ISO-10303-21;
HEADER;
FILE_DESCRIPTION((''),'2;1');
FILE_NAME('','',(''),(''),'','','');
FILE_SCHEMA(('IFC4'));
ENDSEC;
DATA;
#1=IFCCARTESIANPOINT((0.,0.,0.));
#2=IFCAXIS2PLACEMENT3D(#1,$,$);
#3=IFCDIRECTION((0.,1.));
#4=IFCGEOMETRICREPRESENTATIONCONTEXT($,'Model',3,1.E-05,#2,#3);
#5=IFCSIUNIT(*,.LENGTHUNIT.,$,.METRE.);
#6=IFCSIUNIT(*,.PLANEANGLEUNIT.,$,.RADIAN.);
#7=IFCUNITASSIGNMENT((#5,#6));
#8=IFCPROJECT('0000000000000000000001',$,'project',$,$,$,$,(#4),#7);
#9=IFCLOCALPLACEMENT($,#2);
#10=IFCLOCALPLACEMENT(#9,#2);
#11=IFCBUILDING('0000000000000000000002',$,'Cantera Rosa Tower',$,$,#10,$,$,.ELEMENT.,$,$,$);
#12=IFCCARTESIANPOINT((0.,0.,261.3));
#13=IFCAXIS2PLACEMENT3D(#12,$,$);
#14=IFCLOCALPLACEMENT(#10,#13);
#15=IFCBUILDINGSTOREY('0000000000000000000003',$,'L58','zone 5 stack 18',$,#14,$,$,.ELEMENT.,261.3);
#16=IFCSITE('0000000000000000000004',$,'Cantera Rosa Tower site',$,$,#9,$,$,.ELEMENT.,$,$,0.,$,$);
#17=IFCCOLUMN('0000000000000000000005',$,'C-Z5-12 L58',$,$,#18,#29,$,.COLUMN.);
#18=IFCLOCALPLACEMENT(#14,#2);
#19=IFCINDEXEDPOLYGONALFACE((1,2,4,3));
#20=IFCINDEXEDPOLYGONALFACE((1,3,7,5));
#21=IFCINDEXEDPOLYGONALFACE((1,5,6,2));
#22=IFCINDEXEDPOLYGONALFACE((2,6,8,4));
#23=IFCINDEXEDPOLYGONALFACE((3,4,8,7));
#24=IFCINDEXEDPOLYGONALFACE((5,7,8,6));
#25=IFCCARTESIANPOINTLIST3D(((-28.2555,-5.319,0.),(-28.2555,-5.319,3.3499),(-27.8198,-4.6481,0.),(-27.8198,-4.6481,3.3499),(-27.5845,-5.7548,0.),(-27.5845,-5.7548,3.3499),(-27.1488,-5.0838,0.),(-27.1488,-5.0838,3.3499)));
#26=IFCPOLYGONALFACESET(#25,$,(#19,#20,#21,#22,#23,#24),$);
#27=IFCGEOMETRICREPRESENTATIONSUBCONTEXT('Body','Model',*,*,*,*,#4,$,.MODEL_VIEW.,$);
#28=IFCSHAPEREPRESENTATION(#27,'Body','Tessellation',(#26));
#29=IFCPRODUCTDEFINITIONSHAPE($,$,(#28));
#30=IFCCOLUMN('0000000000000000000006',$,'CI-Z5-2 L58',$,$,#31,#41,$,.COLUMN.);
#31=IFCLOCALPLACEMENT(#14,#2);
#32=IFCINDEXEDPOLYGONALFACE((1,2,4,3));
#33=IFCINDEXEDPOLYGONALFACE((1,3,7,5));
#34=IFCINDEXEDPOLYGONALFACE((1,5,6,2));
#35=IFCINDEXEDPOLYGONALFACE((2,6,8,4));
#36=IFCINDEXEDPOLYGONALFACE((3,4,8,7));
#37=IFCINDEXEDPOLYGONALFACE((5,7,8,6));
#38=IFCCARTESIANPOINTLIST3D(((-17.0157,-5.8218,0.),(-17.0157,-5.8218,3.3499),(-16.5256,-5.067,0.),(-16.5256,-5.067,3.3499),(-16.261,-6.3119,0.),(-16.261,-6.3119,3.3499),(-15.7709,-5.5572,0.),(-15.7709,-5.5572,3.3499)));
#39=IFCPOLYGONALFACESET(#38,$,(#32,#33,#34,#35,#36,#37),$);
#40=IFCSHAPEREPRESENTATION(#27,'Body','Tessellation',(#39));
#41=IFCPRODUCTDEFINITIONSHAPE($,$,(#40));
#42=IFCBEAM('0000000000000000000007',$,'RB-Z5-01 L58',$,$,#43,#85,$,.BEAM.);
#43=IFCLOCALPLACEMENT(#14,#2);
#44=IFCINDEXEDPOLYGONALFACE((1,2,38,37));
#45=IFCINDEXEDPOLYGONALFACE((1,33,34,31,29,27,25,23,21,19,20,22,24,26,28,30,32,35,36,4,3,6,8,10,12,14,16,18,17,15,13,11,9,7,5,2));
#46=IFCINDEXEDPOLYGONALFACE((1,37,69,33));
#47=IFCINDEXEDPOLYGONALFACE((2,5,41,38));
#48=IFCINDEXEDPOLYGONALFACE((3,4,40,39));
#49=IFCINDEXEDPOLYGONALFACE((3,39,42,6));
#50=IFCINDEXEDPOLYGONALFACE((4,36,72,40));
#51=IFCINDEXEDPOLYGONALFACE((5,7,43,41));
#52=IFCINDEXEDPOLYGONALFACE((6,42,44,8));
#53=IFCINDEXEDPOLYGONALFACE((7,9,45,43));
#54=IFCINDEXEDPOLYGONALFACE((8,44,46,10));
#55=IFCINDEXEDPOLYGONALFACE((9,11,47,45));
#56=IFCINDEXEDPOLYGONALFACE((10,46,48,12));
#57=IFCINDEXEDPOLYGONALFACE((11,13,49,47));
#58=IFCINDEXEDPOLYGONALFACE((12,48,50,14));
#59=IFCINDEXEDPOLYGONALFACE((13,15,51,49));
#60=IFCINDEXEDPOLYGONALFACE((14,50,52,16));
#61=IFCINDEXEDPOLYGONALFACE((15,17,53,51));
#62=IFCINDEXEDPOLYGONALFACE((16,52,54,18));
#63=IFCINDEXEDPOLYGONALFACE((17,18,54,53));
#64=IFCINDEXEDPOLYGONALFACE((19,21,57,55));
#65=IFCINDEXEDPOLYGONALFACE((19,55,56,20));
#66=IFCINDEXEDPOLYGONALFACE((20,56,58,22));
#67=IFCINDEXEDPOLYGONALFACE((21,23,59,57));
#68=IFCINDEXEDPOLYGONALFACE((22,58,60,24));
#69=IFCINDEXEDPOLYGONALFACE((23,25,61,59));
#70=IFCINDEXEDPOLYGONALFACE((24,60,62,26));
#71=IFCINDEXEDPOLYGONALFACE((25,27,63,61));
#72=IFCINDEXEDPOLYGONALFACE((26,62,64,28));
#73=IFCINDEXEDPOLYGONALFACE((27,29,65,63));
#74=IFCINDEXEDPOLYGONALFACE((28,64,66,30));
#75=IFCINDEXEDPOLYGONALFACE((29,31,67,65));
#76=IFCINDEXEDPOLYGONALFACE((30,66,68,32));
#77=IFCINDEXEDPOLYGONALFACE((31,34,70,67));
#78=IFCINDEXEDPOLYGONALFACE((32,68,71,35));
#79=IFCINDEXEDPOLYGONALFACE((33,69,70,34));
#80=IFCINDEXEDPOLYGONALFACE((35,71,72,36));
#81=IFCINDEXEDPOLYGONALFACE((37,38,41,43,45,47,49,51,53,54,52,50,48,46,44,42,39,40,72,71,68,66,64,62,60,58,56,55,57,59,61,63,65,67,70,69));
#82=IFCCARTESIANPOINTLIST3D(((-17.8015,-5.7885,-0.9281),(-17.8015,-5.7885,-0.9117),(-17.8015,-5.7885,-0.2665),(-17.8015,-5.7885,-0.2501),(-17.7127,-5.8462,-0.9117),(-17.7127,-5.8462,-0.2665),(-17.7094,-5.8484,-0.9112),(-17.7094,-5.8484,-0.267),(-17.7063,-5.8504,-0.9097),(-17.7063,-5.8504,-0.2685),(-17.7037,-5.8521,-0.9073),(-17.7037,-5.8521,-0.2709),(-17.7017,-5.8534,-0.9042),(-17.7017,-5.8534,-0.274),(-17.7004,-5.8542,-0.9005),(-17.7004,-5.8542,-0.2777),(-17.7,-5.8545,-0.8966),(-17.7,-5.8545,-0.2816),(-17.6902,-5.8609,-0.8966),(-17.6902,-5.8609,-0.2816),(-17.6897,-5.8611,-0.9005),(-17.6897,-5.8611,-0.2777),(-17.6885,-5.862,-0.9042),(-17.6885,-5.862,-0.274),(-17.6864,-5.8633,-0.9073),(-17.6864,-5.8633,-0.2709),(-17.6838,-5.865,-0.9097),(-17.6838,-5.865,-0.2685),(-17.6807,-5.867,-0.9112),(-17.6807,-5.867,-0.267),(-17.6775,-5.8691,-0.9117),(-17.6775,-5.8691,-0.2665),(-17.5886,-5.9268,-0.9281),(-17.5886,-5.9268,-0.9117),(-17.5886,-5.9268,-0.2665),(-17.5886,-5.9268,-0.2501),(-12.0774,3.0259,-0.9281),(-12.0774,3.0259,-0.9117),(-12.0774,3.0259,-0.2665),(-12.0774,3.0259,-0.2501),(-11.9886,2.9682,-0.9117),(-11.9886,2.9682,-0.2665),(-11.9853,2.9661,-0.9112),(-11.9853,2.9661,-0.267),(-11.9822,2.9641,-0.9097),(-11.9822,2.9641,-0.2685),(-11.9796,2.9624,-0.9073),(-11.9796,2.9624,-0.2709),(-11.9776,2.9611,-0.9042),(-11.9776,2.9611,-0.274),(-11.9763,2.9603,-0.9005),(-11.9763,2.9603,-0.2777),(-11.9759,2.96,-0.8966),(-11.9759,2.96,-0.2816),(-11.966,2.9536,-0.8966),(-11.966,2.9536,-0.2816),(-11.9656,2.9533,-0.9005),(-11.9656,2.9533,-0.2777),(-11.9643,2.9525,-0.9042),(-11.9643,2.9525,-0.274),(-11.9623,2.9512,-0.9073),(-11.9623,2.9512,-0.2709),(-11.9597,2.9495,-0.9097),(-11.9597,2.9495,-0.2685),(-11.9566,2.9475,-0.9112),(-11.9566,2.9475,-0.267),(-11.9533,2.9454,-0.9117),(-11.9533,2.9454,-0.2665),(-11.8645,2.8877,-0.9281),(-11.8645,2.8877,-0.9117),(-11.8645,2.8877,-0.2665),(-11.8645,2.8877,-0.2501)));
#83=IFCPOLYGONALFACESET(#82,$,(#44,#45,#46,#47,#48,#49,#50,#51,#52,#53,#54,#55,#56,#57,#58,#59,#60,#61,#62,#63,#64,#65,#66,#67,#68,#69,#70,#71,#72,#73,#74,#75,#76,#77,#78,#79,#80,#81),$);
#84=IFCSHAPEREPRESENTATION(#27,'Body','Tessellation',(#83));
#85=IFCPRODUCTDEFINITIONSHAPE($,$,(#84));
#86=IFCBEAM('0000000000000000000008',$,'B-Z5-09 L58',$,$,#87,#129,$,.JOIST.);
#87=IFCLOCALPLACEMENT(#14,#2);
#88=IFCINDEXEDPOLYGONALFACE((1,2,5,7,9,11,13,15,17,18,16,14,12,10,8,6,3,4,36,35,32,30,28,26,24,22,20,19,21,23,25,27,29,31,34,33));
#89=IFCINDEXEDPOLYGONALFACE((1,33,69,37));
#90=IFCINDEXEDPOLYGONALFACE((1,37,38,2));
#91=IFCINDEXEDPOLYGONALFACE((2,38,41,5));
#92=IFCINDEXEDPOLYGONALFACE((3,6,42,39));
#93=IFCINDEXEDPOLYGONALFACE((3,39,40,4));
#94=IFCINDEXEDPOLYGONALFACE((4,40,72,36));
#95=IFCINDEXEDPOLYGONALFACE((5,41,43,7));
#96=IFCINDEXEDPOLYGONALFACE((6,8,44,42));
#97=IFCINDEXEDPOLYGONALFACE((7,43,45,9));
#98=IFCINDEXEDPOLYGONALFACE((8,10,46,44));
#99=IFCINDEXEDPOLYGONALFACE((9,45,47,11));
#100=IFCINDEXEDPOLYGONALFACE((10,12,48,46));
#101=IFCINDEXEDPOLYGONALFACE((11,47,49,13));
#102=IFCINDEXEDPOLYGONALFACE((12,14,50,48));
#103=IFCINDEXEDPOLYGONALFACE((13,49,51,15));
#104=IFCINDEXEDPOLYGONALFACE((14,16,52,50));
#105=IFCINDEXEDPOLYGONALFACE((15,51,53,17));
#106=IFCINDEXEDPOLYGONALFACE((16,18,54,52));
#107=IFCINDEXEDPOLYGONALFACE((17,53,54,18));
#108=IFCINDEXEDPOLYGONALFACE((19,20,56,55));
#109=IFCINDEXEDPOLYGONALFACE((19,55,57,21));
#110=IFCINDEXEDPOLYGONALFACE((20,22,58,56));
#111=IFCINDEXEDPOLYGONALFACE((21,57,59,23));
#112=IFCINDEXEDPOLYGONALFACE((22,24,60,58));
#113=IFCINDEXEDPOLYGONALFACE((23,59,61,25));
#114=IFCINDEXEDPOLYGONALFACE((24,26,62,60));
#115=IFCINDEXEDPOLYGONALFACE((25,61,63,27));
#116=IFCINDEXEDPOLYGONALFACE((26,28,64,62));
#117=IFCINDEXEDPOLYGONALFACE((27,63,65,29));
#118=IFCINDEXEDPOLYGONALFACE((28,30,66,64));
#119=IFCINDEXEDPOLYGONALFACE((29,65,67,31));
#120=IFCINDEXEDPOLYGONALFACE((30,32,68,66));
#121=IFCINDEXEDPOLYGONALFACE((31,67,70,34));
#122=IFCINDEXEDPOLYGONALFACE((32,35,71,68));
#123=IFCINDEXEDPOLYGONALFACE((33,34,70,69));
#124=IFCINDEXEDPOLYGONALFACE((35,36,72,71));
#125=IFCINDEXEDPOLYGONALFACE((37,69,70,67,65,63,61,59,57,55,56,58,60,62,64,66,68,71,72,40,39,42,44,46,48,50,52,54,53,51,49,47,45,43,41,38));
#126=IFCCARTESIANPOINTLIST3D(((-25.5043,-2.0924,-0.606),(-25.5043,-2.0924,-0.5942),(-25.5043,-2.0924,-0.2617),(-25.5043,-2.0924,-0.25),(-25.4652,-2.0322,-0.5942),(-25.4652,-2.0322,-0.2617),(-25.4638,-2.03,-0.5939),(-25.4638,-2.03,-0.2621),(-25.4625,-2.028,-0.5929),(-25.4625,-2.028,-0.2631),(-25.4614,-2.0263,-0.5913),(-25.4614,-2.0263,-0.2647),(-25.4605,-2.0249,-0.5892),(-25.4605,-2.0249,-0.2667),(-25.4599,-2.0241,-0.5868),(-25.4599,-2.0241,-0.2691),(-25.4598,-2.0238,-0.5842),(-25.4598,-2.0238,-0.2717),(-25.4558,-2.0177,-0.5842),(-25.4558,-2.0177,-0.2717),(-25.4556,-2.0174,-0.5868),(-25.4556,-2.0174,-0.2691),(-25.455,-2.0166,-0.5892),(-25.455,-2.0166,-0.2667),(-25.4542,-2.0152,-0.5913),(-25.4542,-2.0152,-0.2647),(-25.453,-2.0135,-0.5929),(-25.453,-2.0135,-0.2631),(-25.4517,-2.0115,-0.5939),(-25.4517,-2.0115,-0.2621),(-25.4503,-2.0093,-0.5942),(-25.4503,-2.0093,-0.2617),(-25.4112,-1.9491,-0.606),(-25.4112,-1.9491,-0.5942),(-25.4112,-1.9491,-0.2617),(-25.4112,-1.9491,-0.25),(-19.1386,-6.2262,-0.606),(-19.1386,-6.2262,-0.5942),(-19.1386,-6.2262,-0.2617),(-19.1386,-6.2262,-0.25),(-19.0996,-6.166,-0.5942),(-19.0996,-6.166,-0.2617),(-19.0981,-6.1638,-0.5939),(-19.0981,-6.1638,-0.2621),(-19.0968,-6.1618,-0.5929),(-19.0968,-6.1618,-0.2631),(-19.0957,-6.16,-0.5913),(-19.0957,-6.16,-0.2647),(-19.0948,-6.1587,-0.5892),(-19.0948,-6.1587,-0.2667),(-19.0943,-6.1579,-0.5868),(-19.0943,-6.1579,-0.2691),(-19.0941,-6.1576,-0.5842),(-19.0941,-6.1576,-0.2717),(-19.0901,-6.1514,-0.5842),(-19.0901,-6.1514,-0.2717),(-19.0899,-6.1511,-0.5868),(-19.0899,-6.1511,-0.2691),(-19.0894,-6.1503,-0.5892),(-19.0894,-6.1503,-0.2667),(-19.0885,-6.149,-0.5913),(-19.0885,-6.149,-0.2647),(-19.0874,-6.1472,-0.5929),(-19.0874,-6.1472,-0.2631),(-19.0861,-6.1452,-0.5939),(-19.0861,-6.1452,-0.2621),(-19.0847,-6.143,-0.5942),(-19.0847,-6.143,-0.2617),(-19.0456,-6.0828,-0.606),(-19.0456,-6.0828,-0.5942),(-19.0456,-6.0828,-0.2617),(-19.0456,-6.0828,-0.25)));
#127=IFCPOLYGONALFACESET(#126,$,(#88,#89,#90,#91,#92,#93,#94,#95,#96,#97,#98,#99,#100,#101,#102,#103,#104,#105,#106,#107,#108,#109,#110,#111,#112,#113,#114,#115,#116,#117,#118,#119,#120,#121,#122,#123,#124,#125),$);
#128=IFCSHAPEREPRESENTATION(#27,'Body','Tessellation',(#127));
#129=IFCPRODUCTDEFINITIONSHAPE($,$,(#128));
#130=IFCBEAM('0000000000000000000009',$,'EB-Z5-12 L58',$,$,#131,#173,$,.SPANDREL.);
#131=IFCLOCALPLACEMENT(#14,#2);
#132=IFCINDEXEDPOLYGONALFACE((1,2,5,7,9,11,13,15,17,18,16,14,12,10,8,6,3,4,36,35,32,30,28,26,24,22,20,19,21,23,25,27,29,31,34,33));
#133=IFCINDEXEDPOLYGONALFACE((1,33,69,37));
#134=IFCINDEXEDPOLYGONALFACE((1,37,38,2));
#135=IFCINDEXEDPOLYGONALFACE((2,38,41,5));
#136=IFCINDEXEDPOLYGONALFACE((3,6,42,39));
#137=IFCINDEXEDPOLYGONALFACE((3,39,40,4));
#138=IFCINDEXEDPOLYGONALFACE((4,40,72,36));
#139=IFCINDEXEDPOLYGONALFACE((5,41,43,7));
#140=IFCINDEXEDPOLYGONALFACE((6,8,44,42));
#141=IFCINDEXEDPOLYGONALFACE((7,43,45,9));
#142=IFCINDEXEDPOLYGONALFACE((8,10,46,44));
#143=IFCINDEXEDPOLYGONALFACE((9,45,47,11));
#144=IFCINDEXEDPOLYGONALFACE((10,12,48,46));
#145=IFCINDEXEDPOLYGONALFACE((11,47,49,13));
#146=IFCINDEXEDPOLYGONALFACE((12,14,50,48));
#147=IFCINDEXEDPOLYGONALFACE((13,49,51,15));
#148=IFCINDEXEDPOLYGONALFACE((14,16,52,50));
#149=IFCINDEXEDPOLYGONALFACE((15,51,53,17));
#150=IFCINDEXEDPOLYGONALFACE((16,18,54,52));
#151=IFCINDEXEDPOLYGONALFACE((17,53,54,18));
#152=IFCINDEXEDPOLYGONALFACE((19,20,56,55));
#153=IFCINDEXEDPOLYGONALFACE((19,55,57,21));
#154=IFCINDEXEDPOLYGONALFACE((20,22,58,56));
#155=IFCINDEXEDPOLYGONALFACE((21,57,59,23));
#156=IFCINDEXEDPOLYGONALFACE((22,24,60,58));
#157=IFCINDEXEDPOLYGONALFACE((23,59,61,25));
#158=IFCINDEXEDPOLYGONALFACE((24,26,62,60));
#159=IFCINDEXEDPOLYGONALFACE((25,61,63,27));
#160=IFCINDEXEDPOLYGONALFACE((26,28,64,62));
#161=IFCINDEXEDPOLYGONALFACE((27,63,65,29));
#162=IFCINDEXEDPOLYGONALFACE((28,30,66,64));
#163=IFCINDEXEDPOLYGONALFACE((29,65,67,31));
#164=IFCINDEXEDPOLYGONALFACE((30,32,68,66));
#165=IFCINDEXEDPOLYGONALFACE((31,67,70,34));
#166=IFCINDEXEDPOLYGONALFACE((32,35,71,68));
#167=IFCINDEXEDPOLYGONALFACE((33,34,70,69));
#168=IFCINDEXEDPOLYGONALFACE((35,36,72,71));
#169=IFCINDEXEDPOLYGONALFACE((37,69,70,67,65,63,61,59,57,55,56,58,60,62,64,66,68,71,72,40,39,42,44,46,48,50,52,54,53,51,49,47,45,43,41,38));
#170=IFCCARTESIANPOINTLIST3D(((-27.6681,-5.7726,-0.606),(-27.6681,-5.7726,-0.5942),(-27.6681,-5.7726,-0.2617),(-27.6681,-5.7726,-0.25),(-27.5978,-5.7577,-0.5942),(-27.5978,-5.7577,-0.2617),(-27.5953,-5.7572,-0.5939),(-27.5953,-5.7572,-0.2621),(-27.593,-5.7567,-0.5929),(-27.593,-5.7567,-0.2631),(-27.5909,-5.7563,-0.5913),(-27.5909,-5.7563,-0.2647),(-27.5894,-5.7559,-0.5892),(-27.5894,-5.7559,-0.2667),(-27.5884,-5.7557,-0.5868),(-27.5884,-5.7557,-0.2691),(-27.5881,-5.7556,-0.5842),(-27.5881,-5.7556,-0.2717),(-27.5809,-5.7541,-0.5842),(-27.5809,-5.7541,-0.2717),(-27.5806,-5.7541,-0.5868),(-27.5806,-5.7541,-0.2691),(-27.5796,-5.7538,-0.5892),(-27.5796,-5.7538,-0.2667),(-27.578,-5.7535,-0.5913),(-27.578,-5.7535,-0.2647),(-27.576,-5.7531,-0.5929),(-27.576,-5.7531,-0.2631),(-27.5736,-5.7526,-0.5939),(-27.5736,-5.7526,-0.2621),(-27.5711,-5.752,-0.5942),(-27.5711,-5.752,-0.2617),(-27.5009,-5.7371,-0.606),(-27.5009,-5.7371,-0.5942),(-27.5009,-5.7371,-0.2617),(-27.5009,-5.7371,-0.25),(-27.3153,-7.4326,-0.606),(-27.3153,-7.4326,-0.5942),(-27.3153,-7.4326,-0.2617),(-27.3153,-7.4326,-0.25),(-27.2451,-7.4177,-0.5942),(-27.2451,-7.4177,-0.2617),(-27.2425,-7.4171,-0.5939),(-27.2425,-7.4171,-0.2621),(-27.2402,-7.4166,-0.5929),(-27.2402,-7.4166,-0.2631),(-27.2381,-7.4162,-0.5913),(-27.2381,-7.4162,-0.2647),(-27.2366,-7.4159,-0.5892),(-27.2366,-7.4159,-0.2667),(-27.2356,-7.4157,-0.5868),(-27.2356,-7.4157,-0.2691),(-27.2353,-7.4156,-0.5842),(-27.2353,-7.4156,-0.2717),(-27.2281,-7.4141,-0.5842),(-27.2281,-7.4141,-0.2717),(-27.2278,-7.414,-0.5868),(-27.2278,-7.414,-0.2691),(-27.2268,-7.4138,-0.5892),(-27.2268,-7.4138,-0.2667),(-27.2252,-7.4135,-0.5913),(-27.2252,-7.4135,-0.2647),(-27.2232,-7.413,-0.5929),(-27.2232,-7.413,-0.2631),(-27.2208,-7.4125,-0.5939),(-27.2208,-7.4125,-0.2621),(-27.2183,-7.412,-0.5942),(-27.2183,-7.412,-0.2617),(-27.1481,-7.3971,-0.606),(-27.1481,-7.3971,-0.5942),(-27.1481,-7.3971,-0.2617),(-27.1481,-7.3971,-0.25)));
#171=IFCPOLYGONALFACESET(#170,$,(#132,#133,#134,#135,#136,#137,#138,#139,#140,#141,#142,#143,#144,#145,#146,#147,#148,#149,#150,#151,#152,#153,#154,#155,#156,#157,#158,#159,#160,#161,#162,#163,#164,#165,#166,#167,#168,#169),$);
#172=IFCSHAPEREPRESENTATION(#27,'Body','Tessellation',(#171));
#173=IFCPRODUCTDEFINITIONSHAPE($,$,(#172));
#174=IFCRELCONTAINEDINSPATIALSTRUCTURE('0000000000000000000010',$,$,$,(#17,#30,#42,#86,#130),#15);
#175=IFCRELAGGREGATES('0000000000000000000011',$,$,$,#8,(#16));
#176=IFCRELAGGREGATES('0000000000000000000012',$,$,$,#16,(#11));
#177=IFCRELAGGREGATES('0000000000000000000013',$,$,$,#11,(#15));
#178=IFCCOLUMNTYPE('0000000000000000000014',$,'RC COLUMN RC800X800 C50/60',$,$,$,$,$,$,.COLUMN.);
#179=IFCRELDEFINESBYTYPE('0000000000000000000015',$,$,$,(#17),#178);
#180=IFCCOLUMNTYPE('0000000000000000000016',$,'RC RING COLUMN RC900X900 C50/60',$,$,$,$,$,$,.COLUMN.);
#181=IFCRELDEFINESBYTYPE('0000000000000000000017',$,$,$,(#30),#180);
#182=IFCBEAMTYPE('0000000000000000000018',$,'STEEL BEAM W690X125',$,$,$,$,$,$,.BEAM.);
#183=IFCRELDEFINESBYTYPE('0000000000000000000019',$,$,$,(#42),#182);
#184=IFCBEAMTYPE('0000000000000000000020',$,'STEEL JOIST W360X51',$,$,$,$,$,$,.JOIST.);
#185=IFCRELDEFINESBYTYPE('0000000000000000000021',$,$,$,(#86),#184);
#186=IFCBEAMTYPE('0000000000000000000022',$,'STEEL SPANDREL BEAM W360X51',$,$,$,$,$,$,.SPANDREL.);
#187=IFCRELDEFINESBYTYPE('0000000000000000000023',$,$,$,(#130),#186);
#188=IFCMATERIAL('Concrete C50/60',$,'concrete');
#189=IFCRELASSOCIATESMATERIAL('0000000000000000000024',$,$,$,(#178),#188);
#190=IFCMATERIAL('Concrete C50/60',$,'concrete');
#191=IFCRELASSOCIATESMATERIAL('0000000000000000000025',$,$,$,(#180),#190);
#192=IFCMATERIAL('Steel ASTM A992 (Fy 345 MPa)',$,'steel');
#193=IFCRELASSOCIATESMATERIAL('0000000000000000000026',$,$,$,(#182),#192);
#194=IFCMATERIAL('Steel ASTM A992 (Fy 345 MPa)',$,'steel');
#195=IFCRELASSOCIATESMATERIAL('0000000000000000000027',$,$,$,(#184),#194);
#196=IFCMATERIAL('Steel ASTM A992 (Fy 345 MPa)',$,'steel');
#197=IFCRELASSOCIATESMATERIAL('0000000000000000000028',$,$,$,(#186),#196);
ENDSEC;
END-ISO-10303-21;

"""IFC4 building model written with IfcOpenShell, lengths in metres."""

from ifc_helpers import new_model, si_unit, direction, frame, origin, origin_2d, place, context, subcontext, project, spatial, rectangle, i_section, extrude, material, material_profile, profile_set, type_object, element, save


model = new_model("IFC4")

# Units and contexts
model_context = context("Model", 3, precision=1e-05, world=origin(), true_north=direction((0.0, 1.0)))
body_context = subcontext(model_context, "Body", "Model", "MODEL_VIEW")
ifc_project = project(units=[si_unit("LENGTHUNIT", "METRE"), si_unit("PLANEANGLEUNIT", "RADIAN")], contexts=[model_context])

# Site, building, storey
site_placement = place(None, origin())
site = spatial("IfcSite", under=ifc_project, at=site_placement, Name="Cantera Rosa Tower site", CompositionType="ELEMENT", RefElevation=0.0)
building_placement = place(site_placement, origin())
building = spatial("IfcBuilding", under=site, at=building_placement, Name="Cantera Rosa Tower", CompositionType="ELEMENT")
storey_placement = place(building_placement, frame((0.0, 0.0, 261.3)))
storey = spatial("IfcBuildingStorey", under=building, at=storey_placement, Name="L58", Description="zone 5 stack 18", CompositionType="ELEMENT", Elevation=261.3)

# Columns
ifc_material_1 = material(Name="Concrete C50/60", Category="concrete")
ifc_material_profile_1 = material_profile(ifc_material_1, rectangle(XDim=0.8, YDim=0.8, at=origin_2d()), Name="RC COLUMN RC800X800 C50/60")
ifc_profile_set_1 = profile_set([ifc_material_profile_1], Name="Concrete C50/60")
column_type_1 = type_object("IfcColumnType", Name="RC COLUMN RC800X800 C50/60", PredefinedType="COLUMN", material=ifc_profile_set_1)
column_1_placement = place(storey_placement, frame((-27.7021, -5.2014, 0.0), z_axis=(0.0, 0.0, 1.0), x_axis=(0.544639, 0.838671, 0.0)))
element("IfcColumn", 1, at=column_1_placement, inside=storey, type_object=column_type_1, Name="C-Z5-12 L58", PredefinedType="COLUMN", context=body_context, shape_type="SweptSolid", body=[
    extrude(rectangle(XDim=0.8, YDim=0.8, at=origin_2d()), origin(), (0.0, 0.0, 1.0), 3.3499),
])
ifc_material_2 = material(Name="Concrete C50/60", Category="concrete")
ifc_material_profile_2 = material_profile(ifc_material_2, rectangle(XDim=0.8999, YDim=0.8999, at=origin_2d()), Name="RC RING COLUMN RC900X900 C50/60")
ifc_profile_set_2 = profile_set([ifc_material_profile_2], Name="Concrete C50/60")
column_type_2 = type_object("IfcColumnType", Name="RC RING COLUMN RC900X900 C50/60", PredefinedType="COLUMN", material=ifc_profile_set_2)
column_2_placement = place(storey_placement, frame((-16.3933, -5.6895, 0.0), z_axis=(0.0, 0.0, 1.0), x_axis=(0.544639, 0.838671, 0.0)))
element("IfcColumn", 2, at=column_2_placement, inside=storey, type_object=column_type_2, Name="CI-Z5-2 L58", PredefinedType="COLUMN", context=body_context, shape_type="SweptSolid", body=[
    extrude(rectangle(XDim=0.8999, YDim=0.8999, at=origin_2d()), origin(), (0.0, 0.0, 1.0), 3.3499),
])

# Beams
ifc_material_3 = material(Name="Steel ASTM A992 (Fy 345 MPa)", Category="steel")
ifc_material_profile_3 = material_profile(ifc_material_3, i_section(OverallWidth=0.2539, OverallDepth=0.678, WebThickness=0.0117, FlangeThickness=0.0164, FilletRadius=0.0151, at=origin_2d()), Name="W690X125")
ifc_profile_set_3 = profile_set([ifc_material_profile_3], Name="Steel ASTM A992 (Fy 345 MPa)")
beam_type_1 = type_object("IfcBeamType", Name="STEEL BEAM W690X125", PredefinedType="BEAM", material=ifc_profile_set_3)
beam_1_placement = place(storey_placement, frame((-17.6951, -5.8577, -0.5891), z_axis=(0.544636, 0.838673, 0.0), x_axis=(-0.838673, 0.544636, 0.0)))
element("IfcBeam", 3, at=beam_1_placement, inside=storey, type_object=beam_type_1, Name="RB-Z5-01 L58", PredefinedType="BEAM", context=body_context, shape_type="SweptSolid", body=[
    extrude(i_section(OverallWidth=0.2539, OverallDepth=0.678, WebThickness=0.0117, FlangeThickness=0.0164, FilletRadius=0.0151, at=origin_2d()), origin(), (0.0, 0.0, 1.0), 10.51),
])
ifc_material_4 = material(Name="Steel ASTM A992 (Fy 345 MPa)", Category="steel")
ifc_material_profile_4 = material_profile(ifc_material_4, i_section(OverallWidth=0.1709, OverallDepth=0.356, WebThickness=0.0073, FlangeThickness=0.0117, FilletRadius=0.01, at=origin_2d()), Name="W360X51")
ifc_profile_set_4 = profile_set([ifc_material_profile_4], Name="Steel ASTM A992 (Fy 345 MPa)")
beam_type_2 = type_object("IfcBeamType", Name="STEEL JOIST W360X51", PredefinedType="JOIST", material=ifc_profile_set_4)
beam_2_placement = place(storey_placement, frame((-25.4578, -2.0208, -0.428), z_axis=(0.83868, -0.544624, 0.0), x_axis=(0.544624, 0.83868, 0.0)))
element("IfcBeam", 4, at=beam_2_placement, inside=storey, type_object=beam_type_2, Name="B-Z5-09 L58", PredefinedType="JOIST", context=body_context, shape_type="SweptSolid", body=[
    extrude(i_section(OverallWidth=0.1709, OverallDepth=0.356, WebThickness=0.0073, FlangeThickness=0.0117, FilletRadius=0.01, at=origin_2d()), origin(), (0.0, 0.0, 1.0), 7.5901),
])
ifc_material_5 = material(Name="Steel ASTM A992 (Fy 345 MPa)", Category="steel")
ifc_material_profile_5 = material_profile(ifc_material_5, i_section(OverallWidth=0.1709, OverallDepth=0.356, WebThickness=0.0073, FlangeThickness=0.0117, FilletRadius=0.01, at=origin_2d()), Name="W360X51")
ifc_profile_set_5 = profile_set([ifc_material_profile_5], Name="Steel ASTM A992 (Fy 345 MPa)")
beam_type_3 = type_object("IfcBeamType", Name="STEEL SPANDREL BEAM W360X51", PredefinedType="SPANDREL", material=ifc_profile_set_5)
beam_3_placement = place(storey_placement, frame((-27.5845, -5.7549, -0.428), z_axis=(0.207888, -0.978153, 0.0), x_axis=(0.978153, 0.207888, 0.0)))
element("IfcBeam", 5, at=beam_3_placement, inside=storey, type_object=beam_type_3, Name="EB-Z5-12 L58", PredefinedType="SPANDREL", context=body_context, shape_type="SweptSolid", body=[
    extrude(i_section(OverallWidth=0.1709, OverallDepth=0.356, WebThickness=0.0073, FlangeThickness=0.0117, FilletRadius=0.01, at=origin_2d()), origin(), (0.0, 0.0, 1.0), 1.697),
])

save(model, "model.ifc")
